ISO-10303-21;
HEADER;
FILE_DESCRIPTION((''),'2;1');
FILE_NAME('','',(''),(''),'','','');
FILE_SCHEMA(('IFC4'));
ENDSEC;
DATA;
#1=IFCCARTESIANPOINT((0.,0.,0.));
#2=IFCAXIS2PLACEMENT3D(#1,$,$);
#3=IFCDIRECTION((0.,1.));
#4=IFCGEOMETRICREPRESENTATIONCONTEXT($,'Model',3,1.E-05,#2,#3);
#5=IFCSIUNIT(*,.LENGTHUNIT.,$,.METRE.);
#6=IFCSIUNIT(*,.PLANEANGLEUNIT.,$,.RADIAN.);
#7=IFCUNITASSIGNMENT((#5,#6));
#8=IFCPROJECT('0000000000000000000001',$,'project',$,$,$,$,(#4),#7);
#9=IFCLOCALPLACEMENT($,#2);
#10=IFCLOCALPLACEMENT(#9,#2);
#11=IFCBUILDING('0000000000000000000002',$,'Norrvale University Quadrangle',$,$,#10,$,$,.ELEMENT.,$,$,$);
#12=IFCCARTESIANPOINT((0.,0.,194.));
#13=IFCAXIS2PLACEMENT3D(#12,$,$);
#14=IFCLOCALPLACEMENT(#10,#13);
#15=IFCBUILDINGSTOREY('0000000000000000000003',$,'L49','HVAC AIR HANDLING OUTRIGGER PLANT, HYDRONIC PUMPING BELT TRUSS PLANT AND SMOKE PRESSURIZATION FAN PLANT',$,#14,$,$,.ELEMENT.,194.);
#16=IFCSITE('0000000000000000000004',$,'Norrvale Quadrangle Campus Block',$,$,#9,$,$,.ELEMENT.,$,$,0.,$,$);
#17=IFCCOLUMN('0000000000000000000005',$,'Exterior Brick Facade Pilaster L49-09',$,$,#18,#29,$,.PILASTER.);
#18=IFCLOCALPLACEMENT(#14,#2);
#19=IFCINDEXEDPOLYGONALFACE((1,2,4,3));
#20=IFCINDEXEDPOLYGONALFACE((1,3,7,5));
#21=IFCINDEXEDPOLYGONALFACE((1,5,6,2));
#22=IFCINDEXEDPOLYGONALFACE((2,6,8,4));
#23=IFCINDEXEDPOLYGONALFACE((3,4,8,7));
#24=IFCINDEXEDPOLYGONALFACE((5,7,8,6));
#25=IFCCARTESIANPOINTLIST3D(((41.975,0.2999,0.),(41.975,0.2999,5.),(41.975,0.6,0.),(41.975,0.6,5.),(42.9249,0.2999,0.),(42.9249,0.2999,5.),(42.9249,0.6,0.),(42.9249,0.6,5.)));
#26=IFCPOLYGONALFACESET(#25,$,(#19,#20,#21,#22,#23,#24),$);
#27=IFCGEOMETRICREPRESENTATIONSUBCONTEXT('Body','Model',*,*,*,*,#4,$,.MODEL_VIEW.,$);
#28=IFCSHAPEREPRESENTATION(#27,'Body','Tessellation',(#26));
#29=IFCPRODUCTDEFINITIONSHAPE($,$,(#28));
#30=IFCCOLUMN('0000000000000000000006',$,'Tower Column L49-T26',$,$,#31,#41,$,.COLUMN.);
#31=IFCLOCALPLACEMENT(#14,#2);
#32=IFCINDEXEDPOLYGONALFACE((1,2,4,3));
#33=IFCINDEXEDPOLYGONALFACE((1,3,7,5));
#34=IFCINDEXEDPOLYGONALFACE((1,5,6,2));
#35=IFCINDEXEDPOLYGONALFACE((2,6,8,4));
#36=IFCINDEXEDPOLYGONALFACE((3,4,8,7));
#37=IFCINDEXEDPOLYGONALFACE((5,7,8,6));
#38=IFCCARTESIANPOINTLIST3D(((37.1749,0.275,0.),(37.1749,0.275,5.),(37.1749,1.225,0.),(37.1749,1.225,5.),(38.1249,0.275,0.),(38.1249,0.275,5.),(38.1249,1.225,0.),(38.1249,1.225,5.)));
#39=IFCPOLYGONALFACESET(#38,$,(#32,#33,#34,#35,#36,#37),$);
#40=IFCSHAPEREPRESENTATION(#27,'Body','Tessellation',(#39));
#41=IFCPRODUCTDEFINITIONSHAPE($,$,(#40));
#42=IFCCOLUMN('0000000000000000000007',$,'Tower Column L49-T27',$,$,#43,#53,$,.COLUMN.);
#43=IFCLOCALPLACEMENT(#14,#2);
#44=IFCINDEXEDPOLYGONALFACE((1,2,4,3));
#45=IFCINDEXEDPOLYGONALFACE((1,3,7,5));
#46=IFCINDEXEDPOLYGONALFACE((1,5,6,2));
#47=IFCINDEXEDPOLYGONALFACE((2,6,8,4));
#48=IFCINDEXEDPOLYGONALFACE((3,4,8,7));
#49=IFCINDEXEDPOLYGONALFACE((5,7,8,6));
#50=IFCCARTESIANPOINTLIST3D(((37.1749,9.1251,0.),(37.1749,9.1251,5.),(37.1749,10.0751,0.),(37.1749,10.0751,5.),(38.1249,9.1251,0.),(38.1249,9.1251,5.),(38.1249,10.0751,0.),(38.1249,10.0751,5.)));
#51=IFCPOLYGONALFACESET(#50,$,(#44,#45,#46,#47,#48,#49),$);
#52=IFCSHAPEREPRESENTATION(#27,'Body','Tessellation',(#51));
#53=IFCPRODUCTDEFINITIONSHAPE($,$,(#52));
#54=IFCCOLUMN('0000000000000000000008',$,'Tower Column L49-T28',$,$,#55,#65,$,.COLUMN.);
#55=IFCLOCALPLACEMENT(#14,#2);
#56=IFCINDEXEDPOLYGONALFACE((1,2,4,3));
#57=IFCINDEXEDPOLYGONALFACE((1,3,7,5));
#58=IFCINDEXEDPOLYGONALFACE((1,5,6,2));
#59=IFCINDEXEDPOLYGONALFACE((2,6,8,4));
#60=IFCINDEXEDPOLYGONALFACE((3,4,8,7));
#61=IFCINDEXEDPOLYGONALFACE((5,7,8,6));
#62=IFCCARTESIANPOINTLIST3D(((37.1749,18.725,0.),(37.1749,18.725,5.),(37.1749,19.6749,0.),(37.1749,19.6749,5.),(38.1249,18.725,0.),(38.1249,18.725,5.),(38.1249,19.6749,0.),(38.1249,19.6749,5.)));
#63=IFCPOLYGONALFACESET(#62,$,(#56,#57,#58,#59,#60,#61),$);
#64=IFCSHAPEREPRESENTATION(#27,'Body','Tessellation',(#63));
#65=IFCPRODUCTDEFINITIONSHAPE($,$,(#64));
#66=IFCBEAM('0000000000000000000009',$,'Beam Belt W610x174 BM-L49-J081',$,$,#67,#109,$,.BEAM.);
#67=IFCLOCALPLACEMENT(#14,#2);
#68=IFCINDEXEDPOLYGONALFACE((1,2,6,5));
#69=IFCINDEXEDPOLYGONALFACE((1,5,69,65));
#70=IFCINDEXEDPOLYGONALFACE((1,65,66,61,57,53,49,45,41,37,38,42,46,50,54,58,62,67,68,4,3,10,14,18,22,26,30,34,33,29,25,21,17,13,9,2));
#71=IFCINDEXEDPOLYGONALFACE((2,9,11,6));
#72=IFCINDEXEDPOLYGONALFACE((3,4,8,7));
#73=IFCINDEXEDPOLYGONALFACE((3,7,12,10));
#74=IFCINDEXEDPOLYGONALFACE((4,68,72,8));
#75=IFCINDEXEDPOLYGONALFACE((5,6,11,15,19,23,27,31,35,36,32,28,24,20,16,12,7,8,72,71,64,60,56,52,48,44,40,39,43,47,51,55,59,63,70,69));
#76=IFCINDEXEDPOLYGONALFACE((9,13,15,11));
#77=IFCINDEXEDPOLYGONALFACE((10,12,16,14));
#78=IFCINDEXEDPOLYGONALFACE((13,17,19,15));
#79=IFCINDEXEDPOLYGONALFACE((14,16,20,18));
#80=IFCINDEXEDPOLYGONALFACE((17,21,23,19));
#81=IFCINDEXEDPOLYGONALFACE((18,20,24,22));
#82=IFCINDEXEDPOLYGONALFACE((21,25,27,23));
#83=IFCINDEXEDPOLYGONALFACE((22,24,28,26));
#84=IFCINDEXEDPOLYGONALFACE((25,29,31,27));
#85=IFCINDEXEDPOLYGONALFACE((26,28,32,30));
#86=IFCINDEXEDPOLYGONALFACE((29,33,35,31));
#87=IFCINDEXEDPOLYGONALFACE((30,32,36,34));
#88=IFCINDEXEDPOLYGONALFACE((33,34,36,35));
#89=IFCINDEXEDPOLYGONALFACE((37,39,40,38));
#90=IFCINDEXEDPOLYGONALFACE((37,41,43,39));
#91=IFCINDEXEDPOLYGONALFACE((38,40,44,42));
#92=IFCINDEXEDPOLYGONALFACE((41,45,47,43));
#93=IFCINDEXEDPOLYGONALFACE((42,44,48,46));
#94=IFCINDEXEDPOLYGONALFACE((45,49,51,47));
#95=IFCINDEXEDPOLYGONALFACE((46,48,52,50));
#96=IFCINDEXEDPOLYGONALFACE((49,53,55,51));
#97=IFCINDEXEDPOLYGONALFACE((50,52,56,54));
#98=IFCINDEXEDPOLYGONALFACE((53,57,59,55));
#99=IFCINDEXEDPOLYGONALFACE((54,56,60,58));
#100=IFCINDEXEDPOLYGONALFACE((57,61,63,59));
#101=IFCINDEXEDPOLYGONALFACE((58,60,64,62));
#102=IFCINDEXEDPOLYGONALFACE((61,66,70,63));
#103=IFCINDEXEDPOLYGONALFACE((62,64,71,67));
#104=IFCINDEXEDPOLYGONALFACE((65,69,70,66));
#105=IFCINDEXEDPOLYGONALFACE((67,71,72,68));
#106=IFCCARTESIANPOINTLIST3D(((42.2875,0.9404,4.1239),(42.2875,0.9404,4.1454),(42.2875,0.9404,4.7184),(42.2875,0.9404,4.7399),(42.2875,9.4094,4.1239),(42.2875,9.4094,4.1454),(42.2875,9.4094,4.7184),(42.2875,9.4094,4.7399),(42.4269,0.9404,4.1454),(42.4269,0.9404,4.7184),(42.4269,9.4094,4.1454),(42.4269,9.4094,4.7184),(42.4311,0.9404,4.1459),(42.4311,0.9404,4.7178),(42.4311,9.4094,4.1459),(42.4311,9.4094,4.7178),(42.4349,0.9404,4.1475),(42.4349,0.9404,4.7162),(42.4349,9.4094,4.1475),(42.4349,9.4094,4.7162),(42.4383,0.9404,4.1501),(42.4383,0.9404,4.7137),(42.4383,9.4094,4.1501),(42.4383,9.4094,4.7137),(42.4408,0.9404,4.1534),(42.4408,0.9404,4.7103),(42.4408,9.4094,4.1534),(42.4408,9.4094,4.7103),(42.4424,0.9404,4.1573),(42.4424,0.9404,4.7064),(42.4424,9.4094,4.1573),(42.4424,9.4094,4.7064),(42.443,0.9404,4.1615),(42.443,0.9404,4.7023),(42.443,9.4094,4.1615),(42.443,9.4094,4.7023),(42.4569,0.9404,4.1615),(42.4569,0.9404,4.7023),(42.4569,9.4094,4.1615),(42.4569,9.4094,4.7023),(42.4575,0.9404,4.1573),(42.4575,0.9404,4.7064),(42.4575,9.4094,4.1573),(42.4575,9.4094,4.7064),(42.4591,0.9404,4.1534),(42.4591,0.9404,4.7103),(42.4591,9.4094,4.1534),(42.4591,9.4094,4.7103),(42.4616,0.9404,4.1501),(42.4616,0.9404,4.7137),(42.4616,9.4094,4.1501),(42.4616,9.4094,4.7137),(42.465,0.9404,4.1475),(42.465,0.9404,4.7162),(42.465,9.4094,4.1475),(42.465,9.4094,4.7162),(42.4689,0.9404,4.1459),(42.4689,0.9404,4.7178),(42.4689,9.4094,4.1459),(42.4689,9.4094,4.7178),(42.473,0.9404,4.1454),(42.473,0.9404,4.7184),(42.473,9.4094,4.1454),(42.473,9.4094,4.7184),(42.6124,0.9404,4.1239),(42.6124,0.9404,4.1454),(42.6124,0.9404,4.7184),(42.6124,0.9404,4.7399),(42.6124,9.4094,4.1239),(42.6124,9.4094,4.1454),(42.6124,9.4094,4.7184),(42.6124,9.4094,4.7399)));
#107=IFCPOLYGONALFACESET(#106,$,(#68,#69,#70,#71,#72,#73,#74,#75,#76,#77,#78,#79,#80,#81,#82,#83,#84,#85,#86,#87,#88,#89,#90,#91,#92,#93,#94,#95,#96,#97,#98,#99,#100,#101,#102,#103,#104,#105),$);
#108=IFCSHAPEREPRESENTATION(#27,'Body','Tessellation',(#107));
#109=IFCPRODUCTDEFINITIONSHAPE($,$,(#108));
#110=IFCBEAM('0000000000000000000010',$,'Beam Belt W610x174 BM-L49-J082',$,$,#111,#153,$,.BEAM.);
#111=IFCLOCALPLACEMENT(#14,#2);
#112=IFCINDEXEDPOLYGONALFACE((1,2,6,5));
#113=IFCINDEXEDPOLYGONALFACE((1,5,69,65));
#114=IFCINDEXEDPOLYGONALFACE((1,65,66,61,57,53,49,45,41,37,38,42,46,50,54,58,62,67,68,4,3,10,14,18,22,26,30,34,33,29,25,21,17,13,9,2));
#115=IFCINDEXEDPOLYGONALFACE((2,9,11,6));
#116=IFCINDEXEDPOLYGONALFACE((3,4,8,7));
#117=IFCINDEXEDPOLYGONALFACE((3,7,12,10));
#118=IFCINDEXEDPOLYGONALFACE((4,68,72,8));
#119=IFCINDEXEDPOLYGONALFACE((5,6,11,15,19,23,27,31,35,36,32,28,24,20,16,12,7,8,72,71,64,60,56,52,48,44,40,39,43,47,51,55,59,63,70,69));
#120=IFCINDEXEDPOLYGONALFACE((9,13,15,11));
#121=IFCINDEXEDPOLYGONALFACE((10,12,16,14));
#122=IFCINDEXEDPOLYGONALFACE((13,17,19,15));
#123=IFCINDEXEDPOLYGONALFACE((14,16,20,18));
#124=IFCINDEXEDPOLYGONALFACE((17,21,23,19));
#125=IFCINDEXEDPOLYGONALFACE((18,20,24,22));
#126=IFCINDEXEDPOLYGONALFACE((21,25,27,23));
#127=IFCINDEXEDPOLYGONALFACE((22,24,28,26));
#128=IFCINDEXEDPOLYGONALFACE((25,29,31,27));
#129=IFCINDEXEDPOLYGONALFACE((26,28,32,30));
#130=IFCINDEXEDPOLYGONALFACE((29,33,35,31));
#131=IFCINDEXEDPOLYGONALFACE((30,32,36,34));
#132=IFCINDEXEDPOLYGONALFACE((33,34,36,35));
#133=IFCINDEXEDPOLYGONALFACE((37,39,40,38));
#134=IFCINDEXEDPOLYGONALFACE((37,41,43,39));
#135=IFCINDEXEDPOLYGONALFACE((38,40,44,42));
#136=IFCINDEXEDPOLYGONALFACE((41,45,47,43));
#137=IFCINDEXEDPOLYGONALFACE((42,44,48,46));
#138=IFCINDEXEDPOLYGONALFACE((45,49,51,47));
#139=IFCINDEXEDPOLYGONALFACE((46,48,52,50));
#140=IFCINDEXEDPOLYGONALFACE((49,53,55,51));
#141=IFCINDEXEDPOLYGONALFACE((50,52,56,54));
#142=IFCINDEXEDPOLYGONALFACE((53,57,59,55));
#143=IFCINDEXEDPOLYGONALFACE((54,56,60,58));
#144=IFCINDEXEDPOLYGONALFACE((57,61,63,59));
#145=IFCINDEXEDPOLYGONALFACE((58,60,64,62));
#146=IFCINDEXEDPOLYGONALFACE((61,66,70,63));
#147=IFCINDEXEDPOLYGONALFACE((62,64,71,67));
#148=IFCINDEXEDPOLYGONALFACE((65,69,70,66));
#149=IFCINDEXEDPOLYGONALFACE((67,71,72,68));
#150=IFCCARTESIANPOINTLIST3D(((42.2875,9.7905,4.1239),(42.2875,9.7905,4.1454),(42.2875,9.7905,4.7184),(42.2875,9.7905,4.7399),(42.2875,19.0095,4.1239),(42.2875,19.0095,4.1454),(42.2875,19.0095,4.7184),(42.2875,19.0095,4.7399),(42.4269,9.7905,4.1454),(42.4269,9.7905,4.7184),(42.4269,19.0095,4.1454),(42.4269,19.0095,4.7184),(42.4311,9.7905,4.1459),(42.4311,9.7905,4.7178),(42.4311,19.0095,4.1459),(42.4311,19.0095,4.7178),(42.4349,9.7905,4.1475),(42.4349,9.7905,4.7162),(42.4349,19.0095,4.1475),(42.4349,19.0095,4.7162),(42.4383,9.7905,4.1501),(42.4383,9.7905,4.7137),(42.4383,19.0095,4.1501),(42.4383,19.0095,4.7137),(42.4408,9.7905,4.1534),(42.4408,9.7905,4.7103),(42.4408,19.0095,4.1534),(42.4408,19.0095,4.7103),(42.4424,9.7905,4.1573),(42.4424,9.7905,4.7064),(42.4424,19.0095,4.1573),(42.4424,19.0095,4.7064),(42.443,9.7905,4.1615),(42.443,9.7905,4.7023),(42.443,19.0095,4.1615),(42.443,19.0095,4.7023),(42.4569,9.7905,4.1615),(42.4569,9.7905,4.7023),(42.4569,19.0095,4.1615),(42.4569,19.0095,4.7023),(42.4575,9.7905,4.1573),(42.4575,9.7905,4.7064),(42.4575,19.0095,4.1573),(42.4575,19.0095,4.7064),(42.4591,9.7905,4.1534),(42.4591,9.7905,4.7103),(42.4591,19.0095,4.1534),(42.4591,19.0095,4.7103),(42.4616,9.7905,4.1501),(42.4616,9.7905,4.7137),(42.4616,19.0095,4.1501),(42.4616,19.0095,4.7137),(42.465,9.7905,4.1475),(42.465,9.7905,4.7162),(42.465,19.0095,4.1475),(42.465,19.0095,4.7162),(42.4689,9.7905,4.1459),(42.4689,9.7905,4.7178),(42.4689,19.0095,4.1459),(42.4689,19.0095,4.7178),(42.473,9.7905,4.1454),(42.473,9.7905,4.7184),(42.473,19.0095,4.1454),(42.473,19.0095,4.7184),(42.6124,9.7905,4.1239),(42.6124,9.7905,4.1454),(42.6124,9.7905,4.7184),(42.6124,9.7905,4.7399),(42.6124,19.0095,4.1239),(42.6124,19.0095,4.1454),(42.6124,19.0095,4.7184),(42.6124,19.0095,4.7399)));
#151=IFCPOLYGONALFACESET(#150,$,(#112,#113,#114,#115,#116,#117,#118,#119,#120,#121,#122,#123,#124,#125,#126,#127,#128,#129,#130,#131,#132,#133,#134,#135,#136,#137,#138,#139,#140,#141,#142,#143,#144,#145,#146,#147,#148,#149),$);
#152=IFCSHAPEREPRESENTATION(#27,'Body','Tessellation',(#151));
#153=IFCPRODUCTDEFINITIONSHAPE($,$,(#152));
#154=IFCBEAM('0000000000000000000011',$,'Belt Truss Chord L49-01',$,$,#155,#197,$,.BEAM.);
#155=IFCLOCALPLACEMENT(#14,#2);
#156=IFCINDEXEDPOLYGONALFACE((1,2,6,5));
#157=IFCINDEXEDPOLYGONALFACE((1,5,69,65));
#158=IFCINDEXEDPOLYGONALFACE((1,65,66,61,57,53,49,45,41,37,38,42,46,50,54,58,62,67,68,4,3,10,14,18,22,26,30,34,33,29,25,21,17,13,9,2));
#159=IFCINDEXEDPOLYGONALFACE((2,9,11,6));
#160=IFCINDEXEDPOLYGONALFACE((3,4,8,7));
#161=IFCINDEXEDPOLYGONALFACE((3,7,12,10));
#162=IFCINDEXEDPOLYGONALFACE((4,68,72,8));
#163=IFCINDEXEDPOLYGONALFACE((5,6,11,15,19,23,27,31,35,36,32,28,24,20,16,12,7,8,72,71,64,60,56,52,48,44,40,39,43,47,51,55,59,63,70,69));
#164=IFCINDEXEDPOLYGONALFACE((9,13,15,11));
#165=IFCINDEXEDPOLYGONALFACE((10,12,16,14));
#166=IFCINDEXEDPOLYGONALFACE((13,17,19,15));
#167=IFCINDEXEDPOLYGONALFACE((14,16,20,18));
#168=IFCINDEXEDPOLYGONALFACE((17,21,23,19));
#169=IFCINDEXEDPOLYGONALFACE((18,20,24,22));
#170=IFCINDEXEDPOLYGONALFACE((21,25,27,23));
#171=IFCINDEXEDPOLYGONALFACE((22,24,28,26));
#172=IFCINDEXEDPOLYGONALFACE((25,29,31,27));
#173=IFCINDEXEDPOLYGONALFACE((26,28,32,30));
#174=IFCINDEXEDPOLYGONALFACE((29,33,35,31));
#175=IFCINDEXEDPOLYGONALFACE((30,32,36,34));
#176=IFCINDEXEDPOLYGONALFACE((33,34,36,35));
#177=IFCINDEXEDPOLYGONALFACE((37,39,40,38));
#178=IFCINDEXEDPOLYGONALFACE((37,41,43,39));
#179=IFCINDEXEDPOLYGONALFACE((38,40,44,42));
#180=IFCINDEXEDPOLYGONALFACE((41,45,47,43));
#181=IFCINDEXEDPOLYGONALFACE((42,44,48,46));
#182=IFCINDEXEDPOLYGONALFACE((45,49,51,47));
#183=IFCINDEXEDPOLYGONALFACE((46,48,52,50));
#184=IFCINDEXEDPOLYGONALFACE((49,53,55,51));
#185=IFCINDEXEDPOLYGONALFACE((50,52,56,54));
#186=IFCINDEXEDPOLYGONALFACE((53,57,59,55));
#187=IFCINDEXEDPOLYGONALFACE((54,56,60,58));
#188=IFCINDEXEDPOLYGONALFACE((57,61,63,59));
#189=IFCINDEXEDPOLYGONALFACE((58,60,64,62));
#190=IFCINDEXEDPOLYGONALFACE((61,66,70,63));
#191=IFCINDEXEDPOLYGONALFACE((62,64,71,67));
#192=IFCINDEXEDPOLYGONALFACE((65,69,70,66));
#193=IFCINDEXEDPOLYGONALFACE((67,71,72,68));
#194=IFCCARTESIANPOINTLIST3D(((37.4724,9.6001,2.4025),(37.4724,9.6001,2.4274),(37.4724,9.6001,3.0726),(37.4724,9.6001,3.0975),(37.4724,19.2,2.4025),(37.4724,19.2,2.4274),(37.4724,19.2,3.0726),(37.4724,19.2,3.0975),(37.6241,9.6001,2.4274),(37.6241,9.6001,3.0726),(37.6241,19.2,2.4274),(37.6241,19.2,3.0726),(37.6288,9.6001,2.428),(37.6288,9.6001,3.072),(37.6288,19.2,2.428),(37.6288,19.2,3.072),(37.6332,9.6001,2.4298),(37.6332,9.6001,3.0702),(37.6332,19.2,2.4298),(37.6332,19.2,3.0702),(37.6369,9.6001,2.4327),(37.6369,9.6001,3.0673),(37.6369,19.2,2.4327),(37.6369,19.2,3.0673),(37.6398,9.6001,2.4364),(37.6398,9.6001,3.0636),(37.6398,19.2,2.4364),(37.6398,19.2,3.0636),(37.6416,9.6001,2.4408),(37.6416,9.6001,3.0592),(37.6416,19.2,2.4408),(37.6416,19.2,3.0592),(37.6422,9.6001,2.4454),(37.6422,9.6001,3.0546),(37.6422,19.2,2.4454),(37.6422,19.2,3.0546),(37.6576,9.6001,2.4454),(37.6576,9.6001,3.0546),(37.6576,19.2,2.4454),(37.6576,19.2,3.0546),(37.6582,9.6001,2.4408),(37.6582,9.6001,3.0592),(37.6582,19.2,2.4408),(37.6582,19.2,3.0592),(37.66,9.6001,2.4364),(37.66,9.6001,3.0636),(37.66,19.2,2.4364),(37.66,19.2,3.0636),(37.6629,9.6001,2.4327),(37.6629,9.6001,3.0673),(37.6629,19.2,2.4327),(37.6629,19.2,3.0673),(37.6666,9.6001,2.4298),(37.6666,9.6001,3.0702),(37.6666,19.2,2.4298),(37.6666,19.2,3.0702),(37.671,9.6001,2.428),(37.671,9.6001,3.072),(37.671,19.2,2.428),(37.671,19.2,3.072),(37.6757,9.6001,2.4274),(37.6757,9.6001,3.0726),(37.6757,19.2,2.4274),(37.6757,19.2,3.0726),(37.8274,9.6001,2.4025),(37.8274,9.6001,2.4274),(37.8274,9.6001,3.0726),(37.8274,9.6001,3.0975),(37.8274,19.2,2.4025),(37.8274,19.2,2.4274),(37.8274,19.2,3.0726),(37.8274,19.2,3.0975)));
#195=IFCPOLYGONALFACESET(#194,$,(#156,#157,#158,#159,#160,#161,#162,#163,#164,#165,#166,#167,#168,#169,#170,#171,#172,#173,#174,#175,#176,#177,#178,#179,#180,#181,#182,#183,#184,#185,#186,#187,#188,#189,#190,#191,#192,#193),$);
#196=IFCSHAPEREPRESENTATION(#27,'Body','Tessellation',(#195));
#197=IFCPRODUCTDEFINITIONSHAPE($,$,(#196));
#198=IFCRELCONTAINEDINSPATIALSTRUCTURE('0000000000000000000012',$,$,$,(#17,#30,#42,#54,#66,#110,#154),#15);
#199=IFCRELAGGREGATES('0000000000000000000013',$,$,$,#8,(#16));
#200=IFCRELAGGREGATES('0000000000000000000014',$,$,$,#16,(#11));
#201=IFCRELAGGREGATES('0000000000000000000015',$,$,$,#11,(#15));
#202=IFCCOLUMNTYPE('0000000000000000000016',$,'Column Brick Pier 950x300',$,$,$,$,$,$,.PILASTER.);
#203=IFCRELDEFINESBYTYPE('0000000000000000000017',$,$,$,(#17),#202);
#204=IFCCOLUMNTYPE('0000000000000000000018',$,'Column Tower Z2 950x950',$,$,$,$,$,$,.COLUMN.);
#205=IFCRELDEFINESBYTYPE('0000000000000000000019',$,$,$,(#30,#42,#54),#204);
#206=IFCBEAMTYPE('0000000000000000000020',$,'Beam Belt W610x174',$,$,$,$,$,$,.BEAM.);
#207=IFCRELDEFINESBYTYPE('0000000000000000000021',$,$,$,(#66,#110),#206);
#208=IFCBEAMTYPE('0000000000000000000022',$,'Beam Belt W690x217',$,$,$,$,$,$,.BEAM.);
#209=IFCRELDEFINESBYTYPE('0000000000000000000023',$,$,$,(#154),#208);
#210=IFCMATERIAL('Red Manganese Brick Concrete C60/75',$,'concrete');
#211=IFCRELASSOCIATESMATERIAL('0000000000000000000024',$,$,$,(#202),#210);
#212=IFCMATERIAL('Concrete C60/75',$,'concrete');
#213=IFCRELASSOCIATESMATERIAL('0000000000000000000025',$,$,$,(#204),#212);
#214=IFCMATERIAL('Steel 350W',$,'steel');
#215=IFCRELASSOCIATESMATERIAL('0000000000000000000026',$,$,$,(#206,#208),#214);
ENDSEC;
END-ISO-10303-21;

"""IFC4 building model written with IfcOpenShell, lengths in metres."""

from ifc_helpers import new_model, si_unit, direction, frame, origin, origin_2d, place, context, subcontext, project, spatial, rectangle, i_section, extrude, material, material_profile, profile_set, type_object, element, save


model = new_model("IFC4")

# Units and contexts
model_context = context("Model", 3, precision=1e-05, world=origin(), true_north=direction((0.0, 1.0)))
body_context = subcontext(model_context, "Body", "Model", "MODEL_VIEW")
ifc_project = project(units=[si_unit("LENGTHUNIT", "METRE"), si_unit("PLANEANGLEUNIT", "RADIAN")], contexts=[model_context])

# Site, building, storey
site_placement = place(None, origin())
site = spatial("IfcSite", under=ifc_project, at=site_placement, Name="Norrvale Quadrangle Campus Block", CompositionType="ELEMENT", RefElevation=0.0)
building_placement = place(site_placement, origin())
building = spatial("IfcBuilding", under=site, at=building_placement, Name="Norrvale University Quadrangle", CompositionType="ELEMENT")
storey_placement = place(building_placement, frame((0.0, 0.0, 194.0)))
storey = spatial("IfcBuildingStorey", under=building, at=storey_placement, Name="L49", Description="HVAC AIR HANDLING OUTRIGGER PLANT, HYDRONIC PUMPING BELT TRUSS PLANT AND SMOKE PRESSURIZATION FAN PLANT", CompositionType="ELEMENT", Elevation=194.0)

# Columns
ifc_material_1 = material(Name="Red Manganese Brick Concrete C60/75", Category="concrete")
ifc_material_profile_1 = material_profile(ifc_material_1, rectangle(XDim=0.95, YDim=0.3, at=origin_2d()), Name="Red Manganese Brick Concrete C60/75")
ifc_profile_set_1 = profile_set([ifc_material_profile_1], Name="Red Manganese Brick Concrete C60/75")
column_type_1 = type_object("IfcColumnType", Name="Column Brick Pier 950x300", PredefinedType="PILASTER", material=ifc_profile_set_1)
column_placement = place(storey_placement, frame((42.45, 0.45, 0.0), z_axis=(0.0, 0.0, 1.0), x_axis=(1.0, 0.0, 0.0)))
element("IfcColumn", 1, at=column_placement, inside=storey, type_object=column_type_1, Name="Exterior Brick Facade Pilaster L49-09", PredefinedType="PILASTER", context=body_context, shape_type="SweptSolid", body=[
    extrude(rectangle(XDim=0.95, YDim=0.3, at=origin_2d()), origin(), (0.0, 0.0, 1.0), 5.0),
])
ifc_material_2 = material(Name="Concrete C60/75", Category="concrete")
ifc_material_profile_2 = material_profile(ifc_material_2, rectangle(XDim=0.95, YDim=0.95, at=origin_2d()), Name="Concrete C60/75")
ifc_profile_set_2 = profile_set([ifc_material_profile_2], Name="Concrete C60/75")
column_type_2 = type_object("IfcColumnType", Name="Column Tower Z2 950x950", PredefinedType="COLUMN", material=ifc_profile_set_2)
for number, where, z_axis, x_axis, name in (
    (2, (37.6499, 0.75, 0.0), (0.0, 0.0, 1.0), (1.0, 0.0, 0.0), "Tower Column L49-T26"),
    (3, (37.6499, 9.6001, 0.0), (0.0, 0.0, 1.0), (1.0, 0.0, 0.0), "Tower Column L49-T27"),
    (4, (37.6499, 19.2, 0.0), (0.0, 0.0, 1.0), (1.0, 0.0, 0.0), "Tower Column L49-T28"),
):
    element("IfcColumn", number, at=place(storey_placement, frame(where, z_axis=z_axis, x_axis=x_axis)), inside=storey, type_object=column_type_2, Name=name, PredefinedType="COLUMN", context=body_context, shape_type="SweptSolid", body=[
        extrude(rectangle(XDim=0.95, YDim=0.95, at=origin_2d()), origin(), (0.0, 0.0, 1.0), 5.0),
    ])

# Beams
ifc_material_3 = material(Name="Steel 350W", Category="steel")
ifc_material_profile_3 = material_profile(ifc_material_3, i_section(OverallWidth=0.325, OverallDepth=0.616, WebThickness=0.0139, FlangeThickness=0.0215, FilletRadius=0.0161, at=origin_2d()), Name="Steel 350W")
ifc_profile_set_3 = profile_set([ifc_material_profile_3], Name="Steel 350W")
beam_type_1 = type_object("IfcBeamType", Name="Beam Belt W610x174", PredefinedType="BEAM", material=ifc_profile_set_3)
beam_1_placement = place(storey_placement, frame((42.45, 0.9404, 4.4319), z_axis=(0.0, 1.0, 0.0), x_axis=(-1.0, 0.0, 0.0)))
element("IfcBeam", 5, at=beam_1_placement, inside=storey, type_object=beam_type_1, Name="Beam Belt W610x174 BM-L49-J081", PredefinedType="BEAM", context=body_context, shape_type="SweptSolid", body=[
    extrude(i_section(OverallWidth=0.325, OverallDepth=0.616, WebThickness=0.0139, FlangeThickness=0.0215, FilletRadius=0.0161, at=origin_2d()), origin(), (0.0, 0.0, 1.0), 8.469),
])
beam_2_placement = place(storey_placement, frame((42.45, 9.7905, 4.4319), z_axis=(0.0, 1.0, 0.0), x_axis=(-1.0, 0.0, 0.0)))
element("IfcBeam", 6, at=beam_2_placement, inside=storey, type_object=beam_type_1, Name="Beam Belt W610x174 BM-L49-J082", PredefinedType="BEAM", context=body_context, shape_type="SweptSolid", body=[
    extrude(i_section(OverallWidth=0.325, OverallDepth=0.616, WebThickness=0.0139, FlangeThickness=0.0215, FilletRadius=0.0161, at=origin_2d()), origin(), (0.0, 0.0, 1.0), 9.219),
])
ifc_material_profile_4 = material_profile(ifc_material_3, i_section(OverallWidth=0.355, OverallDepth=0.6951, WebThickness=0.0154, FlangeThickness=0.0249, FilletRadius=0.0181, at=origin_2d()), Name="Steel 350W")
ifc_profile_set_4 = profile_set([ifc_material_profile_4], Name="Steel 350W")
beam_type_2 = type_object("IfcBeamType", Name="Beam Belt W690x217", PredefinedType="BEAM", material=ifc_profile_set_4)
beam_3_placement = place(storey_placement, frame((37.6499, 9.6001, 2.75), z_axis=(0.0, 1.0, 0.0), x_axis=(-1.0, 0.0, 0.0)))
element("IfcBeam", 7, at=beam_3_placement, inside=storey, type_object=beam_type_2, Name="Belt Truss Chord L49-01", PredefinedType="BEAM", context=body_context, shape_type="SweptSolid", body=[
    extrude(i_section(OverallWidth=0.355, OverallDepth=0.6951, WebThickness=0.0154, FlangeThickness=0.0249, FilletRadius=0.0181, at=origin_2d()), origin(), (0.0, 0.0, 1.0), 9.5999),
])

save(model, "model.ifc")
